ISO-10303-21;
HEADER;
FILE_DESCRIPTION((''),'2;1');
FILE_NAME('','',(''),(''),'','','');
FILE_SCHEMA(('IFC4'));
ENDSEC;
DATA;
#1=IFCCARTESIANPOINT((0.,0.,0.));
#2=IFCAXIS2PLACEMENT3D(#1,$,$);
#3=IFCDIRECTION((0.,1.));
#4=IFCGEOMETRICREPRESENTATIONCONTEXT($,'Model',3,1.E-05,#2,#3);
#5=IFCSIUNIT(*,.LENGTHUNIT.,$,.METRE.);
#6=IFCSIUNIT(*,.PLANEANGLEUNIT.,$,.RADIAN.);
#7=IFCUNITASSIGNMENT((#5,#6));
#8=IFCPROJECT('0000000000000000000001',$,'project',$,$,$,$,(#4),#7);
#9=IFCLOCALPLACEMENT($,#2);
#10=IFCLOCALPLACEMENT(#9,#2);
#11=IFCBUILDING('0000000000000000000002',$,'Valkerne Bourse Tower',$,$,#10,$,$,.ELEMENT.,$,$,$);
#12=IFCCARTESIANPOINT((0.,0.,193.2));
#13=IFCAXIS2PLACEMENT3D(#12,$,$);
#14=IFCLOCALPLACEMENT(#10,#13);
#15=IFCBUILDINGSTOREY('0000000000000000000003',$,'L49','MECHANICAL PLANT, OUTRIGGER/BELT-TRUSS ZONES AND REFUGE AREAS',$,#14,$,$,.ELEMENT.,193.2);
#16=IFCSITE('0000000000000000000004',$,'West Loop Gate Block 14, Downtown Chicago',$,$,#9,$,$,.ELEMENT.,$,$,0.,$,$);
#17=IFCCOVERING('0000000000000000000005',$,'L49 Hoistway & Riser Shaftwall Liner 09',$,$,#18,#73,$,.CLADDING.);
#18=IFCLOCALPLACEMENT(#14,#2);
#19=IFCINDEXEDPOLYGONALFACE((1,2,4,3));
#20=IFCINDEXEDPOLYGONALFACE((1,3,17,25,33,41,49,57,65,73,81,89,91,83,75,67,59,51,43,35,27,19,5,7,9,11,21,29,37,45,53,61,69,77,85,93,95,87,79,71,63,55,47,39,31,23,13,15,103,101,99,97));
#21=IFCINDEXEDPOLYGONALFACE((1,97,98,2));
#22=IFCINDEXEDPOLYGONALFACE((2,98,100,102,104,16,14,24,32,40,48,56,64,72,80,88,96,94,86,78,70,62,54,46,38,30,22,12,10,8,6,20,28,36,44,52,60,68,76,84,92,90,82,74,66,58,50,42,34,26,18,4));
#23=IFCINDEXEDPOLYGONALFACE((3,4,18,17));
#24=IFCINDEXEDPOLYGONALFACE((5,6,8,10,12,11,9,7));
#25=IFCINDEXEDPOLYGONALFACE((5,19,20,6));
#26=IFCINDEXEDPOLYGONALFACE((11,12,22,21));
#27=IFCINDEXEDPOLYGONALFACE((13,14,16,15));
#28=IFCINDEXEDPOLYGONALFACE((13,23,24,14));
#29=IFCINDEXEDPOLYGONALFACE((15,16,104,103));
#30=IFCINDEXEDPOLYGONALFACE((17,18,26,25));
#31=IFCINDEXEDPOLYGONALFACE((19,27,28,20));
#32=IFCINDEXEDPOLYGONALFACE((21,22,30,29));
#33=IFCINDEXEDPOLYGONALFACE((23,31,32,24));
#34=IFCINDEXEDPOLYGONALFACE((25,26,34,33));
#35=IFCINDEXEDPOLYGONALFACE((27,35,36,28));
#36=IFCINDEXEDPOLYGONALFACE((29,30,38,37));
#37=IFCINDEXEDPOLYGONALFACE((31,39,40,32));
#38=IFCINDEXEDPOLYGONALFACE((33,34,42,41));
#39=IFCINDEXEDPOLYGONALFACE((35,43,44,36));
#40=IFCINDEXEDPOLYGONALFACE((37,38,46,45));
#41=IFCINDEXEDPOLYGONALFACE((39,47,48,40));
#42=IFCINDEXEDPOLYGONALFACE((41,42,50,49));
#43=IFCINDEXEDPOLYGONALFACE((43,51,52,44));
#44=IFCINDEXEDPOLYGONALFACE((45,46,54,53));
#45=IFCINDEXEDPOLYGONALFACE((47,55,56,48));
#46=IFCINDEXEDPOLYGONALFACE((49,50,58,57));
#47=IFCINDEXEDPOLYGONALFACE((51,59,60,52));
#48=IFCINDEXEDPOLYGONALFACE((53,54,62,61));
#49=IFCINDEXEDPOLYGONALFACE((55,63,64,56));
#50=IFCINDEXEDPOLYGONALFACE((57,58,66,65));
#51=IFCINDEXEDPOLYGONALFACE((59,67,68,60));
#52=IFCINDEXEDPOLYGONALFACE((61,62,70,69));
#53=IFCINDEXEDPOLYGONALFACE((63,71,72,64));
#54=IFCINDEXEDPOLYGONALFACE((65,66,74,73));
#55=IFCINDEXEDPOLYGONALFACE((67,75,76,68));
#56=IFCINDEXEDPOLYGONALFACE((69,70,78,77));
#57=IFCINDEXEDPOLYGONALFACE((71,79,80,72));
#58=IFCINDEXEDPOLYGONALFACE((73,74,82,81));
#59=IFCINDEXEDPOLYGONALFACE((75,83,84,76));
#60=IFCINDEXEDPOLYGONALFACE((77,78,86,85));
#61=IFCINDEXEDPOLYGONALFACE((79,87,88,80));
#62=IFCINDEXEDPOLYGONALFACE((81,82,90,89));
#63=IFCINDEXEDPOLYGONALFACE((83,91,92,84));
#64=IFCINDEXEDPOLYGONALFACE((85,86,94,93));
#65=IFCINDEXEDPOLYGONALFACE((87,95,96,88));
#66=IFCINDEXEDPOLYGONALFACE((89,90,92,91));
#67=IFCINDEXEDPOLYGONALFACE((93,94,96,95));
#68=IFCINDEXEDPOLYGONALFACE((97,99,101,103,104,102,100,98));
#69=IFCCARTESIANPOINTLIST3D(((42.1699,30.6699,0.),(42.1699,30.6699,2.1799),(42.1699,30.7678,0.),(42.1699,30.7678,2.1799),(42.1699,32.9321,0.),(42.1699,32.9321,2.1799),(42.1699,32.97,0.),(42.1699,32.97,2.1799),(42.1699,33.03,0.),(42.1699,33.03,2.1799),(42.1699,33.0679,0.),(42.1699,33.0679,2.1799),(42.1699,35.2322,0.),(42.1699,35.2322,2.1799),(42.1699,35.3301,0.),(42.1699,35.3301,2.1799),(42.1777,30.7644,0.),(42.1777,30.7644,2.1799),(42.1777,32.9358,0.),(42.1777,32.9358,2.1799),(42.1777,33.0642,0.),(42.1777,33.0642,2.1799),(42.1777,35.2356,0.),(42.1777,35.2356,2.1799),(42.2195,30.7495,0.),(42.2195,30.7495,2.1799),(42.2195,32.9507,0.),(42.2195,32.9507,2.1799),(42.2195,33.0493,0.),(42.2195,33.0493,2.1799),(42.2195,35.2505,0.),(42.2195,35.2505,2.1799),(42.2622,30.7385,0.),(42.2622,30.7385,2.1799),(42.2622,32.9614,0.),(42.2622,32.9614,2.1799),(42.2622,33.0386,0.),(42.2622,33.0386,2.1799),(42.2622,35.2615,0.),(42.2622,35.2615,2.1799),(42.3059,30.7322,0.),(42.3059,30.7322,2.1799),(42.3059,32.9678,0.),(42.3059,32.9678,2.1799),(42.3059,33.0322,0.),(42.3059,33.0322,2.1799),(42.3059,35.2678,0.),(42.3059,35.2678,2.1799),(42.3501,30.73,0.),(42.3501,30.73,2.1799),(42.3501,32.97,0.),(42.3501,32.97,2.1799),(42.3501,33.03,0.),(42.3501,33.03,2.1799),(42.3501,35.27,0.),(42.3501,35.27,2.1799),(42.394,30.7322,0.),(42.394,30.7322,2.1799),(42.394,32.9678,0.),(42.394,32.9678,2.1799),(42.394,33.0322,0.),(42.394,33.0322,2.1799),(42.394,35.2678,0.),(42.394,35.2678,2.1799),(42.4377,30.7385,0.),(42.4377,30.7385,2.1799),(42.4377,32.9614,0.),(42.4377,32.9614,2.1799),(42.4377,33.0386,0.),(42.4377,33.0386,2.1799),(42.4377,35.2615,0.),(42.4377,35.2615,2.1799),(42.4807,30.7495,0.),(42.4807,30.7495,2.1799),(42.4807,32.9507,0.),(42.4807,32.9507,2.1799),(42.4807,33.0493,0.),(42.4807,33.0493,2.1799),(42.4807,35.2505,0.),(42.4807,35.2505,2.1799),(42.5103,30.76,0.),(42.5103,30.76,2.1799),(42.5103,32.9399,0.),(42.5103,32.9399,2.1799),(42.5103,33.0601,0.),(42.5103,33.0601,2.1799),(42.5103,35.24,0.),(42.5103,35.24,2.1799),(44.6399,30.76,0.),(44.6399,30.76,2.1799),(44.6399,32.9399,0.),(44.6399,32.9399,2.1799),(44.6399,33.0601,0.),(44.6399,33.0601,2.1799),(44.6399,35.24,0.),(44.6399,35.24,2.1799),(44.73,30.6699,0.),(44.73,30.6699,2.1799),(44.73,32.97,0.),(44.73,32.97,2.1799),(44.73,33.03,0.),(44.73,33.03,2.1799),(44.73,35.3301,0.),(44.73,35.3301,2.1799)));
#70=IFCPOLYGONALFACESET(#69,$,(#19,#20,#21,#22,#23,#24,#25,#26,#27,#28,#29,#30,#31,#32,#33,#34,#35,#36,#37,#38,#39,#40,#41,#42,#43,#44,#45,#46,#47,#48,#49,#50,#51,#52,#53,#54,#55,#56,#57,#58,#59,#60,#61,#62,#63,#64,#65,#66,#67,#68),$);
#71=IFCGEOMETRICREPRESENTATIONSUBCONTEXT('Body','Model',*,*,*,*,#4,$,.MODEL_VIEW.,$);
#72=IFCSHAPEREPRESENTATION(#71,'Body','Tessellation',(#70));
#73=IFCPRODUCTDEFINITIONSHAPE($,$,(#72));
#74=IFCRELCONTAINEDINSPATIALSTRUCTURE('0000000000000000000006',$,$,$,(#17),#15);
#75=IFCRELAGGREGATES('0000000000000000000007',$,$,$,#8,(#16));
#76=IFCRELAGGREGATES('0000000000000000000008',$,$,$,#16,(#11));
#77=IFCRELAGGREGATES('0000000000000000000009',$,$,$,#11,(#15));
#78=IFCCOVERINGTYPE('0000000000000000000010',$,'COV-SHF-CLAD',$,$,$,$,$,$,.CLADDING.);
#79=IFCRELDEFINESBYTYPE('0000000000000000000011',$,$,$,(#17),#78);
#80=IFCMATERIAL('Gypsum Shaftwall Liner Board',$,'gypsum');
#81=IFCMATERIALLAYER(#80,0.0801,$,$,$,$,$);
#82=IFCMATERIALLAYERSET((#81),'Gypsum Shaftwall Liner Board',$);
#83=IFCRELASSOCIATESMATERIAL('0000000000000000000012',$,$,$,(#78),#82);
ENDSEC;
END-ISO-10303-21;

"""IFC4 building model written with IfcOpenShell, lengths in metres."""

from ifc_helpers import new_model, si_unit, direction, frame, origin, place, context, subcontext, project, spatial, polyline, outline, extrude, material, layer, layer_set, type_object, element, save


model = new_model("IFC4")

# Units and contexts
model_context = context("Model", 3, precision=1e-05, world=origin(), true_north=direction((0.0, 1.0)))
body_context = subcontext(model_context, "Body", "Model", "MODEL_VIEW")
ifc_project = project(units=[si_unit("LENGTHUNIT", "METRE"), si_unit("PLANEANGLEUNIT", "RADIAN")], contexts=[model_context])

# Site, building, storey
site_placement = place(None, origin())
site = spatial("IfcSite", under=ifc_project, at=site_placement, Name="West Loop Gate Block 14, Downtown Chicago", CompositionType="ELEMENT", RefElevation=0.0)
building_placement = place(site_placement, origin())
building = spatial("IfcBuilding", under=site, at=building_placement, Name="Valkerne Bourse Tower", CompositionType="ELEMENT")
storey_placement = place(building_placement, frame((0.0, 0.0, 193.2)))
storey = spatial("IfcBuildingStorey", under=building, at=storey_placement, Name="L49", Description="MECHANICAL PLANT, OUTRIGGER/BELT-TRUSS ZONES AND REFUGE AREAS", CompositionType="ELEMENT", Elevation=193.2)

# Covering
ifc_material_1 = material(Name="Gypsum Shaftwall Liner Board", Category="gypsum")
ifc_layer_1 = layer(ifc_material_1, 0.0801)
ifc_layer_set_1 = layer_set([ifc_layer_1], Name="Gypsum Shaftwall Liner Board")
covering_type = type_object("IfcCoveringType", Name="COV-SHF-CLAD", PredefinedType="CLADDING", material=ifc_layer_set_1)
covering_1_placement = place(storey_placement, origin())
element("IfcCovering", 1, at=covering_1_placement, inside=storey, type_object=covering_type, Name="L49 Hoistway & Riser Shaftwall Liner 09", PredefinedType="CLADDING", context=body_context, shape_type="SweptSolid", body=[
    extrude(outline(polyline([(42.1699, 33.0679), (42.1777, 33.0642), (42.2195, 33.0493), (42.2622, 33.0386), (42.3059, 33.0322), (42.3501, 33.03), (42.394, 33.0322), (42.4377, 33.0386), (42.4807, 33.0493), (42.5103, 33.0601), (44.6399, 33.0601), (44.6399, 35.24), (42.5103, 35.24), (42.4807, 35.2505), (42.4377, 35.2615), (42.394, 35.2678), (42.3501, 35.27), (42.3059, 35.2678), (42.2622, 35.2615), (42.2195, 35.2505), (42.1777, 35.2356), (42.1699, 35.2322), (42.1699, 35.3301), (44.73, 35.3301), (44.73, 33.03), (44.73, 32.97), (44.73, 30.6699), (42.1699, 30.6699), (42.1699, 30.7678), (42.1777, 30.7644), (42.2195, 30.7495), (42.2622, 30.7385), (42.3059, 30.7322), (42.3501, 30.73), (42.394, 30.7322), (42.4377, 30.7385), (42.4807, 30.7495), (42.5103, 30.76), (44.6399, 30.76), (44.6399, 32.9399), (42.5103, 32.9399), (42.4807, 32.9507), (42.4377, 32.9614), (42.394, 32.9678), (42.3501, 32.97), (42.3059, 32.9678), (42.2622, 32.9614), (42.2195, 32.9507), (42.1777, 32.9358), (42.1699, 32.9321), (42.1699, 32.97), (42.1699, 33.03), (42.1699, 33.0679)])), origin(), (0.0, 0.0, 1.0), 2.1799),
])

save(model, "model.ifc")
